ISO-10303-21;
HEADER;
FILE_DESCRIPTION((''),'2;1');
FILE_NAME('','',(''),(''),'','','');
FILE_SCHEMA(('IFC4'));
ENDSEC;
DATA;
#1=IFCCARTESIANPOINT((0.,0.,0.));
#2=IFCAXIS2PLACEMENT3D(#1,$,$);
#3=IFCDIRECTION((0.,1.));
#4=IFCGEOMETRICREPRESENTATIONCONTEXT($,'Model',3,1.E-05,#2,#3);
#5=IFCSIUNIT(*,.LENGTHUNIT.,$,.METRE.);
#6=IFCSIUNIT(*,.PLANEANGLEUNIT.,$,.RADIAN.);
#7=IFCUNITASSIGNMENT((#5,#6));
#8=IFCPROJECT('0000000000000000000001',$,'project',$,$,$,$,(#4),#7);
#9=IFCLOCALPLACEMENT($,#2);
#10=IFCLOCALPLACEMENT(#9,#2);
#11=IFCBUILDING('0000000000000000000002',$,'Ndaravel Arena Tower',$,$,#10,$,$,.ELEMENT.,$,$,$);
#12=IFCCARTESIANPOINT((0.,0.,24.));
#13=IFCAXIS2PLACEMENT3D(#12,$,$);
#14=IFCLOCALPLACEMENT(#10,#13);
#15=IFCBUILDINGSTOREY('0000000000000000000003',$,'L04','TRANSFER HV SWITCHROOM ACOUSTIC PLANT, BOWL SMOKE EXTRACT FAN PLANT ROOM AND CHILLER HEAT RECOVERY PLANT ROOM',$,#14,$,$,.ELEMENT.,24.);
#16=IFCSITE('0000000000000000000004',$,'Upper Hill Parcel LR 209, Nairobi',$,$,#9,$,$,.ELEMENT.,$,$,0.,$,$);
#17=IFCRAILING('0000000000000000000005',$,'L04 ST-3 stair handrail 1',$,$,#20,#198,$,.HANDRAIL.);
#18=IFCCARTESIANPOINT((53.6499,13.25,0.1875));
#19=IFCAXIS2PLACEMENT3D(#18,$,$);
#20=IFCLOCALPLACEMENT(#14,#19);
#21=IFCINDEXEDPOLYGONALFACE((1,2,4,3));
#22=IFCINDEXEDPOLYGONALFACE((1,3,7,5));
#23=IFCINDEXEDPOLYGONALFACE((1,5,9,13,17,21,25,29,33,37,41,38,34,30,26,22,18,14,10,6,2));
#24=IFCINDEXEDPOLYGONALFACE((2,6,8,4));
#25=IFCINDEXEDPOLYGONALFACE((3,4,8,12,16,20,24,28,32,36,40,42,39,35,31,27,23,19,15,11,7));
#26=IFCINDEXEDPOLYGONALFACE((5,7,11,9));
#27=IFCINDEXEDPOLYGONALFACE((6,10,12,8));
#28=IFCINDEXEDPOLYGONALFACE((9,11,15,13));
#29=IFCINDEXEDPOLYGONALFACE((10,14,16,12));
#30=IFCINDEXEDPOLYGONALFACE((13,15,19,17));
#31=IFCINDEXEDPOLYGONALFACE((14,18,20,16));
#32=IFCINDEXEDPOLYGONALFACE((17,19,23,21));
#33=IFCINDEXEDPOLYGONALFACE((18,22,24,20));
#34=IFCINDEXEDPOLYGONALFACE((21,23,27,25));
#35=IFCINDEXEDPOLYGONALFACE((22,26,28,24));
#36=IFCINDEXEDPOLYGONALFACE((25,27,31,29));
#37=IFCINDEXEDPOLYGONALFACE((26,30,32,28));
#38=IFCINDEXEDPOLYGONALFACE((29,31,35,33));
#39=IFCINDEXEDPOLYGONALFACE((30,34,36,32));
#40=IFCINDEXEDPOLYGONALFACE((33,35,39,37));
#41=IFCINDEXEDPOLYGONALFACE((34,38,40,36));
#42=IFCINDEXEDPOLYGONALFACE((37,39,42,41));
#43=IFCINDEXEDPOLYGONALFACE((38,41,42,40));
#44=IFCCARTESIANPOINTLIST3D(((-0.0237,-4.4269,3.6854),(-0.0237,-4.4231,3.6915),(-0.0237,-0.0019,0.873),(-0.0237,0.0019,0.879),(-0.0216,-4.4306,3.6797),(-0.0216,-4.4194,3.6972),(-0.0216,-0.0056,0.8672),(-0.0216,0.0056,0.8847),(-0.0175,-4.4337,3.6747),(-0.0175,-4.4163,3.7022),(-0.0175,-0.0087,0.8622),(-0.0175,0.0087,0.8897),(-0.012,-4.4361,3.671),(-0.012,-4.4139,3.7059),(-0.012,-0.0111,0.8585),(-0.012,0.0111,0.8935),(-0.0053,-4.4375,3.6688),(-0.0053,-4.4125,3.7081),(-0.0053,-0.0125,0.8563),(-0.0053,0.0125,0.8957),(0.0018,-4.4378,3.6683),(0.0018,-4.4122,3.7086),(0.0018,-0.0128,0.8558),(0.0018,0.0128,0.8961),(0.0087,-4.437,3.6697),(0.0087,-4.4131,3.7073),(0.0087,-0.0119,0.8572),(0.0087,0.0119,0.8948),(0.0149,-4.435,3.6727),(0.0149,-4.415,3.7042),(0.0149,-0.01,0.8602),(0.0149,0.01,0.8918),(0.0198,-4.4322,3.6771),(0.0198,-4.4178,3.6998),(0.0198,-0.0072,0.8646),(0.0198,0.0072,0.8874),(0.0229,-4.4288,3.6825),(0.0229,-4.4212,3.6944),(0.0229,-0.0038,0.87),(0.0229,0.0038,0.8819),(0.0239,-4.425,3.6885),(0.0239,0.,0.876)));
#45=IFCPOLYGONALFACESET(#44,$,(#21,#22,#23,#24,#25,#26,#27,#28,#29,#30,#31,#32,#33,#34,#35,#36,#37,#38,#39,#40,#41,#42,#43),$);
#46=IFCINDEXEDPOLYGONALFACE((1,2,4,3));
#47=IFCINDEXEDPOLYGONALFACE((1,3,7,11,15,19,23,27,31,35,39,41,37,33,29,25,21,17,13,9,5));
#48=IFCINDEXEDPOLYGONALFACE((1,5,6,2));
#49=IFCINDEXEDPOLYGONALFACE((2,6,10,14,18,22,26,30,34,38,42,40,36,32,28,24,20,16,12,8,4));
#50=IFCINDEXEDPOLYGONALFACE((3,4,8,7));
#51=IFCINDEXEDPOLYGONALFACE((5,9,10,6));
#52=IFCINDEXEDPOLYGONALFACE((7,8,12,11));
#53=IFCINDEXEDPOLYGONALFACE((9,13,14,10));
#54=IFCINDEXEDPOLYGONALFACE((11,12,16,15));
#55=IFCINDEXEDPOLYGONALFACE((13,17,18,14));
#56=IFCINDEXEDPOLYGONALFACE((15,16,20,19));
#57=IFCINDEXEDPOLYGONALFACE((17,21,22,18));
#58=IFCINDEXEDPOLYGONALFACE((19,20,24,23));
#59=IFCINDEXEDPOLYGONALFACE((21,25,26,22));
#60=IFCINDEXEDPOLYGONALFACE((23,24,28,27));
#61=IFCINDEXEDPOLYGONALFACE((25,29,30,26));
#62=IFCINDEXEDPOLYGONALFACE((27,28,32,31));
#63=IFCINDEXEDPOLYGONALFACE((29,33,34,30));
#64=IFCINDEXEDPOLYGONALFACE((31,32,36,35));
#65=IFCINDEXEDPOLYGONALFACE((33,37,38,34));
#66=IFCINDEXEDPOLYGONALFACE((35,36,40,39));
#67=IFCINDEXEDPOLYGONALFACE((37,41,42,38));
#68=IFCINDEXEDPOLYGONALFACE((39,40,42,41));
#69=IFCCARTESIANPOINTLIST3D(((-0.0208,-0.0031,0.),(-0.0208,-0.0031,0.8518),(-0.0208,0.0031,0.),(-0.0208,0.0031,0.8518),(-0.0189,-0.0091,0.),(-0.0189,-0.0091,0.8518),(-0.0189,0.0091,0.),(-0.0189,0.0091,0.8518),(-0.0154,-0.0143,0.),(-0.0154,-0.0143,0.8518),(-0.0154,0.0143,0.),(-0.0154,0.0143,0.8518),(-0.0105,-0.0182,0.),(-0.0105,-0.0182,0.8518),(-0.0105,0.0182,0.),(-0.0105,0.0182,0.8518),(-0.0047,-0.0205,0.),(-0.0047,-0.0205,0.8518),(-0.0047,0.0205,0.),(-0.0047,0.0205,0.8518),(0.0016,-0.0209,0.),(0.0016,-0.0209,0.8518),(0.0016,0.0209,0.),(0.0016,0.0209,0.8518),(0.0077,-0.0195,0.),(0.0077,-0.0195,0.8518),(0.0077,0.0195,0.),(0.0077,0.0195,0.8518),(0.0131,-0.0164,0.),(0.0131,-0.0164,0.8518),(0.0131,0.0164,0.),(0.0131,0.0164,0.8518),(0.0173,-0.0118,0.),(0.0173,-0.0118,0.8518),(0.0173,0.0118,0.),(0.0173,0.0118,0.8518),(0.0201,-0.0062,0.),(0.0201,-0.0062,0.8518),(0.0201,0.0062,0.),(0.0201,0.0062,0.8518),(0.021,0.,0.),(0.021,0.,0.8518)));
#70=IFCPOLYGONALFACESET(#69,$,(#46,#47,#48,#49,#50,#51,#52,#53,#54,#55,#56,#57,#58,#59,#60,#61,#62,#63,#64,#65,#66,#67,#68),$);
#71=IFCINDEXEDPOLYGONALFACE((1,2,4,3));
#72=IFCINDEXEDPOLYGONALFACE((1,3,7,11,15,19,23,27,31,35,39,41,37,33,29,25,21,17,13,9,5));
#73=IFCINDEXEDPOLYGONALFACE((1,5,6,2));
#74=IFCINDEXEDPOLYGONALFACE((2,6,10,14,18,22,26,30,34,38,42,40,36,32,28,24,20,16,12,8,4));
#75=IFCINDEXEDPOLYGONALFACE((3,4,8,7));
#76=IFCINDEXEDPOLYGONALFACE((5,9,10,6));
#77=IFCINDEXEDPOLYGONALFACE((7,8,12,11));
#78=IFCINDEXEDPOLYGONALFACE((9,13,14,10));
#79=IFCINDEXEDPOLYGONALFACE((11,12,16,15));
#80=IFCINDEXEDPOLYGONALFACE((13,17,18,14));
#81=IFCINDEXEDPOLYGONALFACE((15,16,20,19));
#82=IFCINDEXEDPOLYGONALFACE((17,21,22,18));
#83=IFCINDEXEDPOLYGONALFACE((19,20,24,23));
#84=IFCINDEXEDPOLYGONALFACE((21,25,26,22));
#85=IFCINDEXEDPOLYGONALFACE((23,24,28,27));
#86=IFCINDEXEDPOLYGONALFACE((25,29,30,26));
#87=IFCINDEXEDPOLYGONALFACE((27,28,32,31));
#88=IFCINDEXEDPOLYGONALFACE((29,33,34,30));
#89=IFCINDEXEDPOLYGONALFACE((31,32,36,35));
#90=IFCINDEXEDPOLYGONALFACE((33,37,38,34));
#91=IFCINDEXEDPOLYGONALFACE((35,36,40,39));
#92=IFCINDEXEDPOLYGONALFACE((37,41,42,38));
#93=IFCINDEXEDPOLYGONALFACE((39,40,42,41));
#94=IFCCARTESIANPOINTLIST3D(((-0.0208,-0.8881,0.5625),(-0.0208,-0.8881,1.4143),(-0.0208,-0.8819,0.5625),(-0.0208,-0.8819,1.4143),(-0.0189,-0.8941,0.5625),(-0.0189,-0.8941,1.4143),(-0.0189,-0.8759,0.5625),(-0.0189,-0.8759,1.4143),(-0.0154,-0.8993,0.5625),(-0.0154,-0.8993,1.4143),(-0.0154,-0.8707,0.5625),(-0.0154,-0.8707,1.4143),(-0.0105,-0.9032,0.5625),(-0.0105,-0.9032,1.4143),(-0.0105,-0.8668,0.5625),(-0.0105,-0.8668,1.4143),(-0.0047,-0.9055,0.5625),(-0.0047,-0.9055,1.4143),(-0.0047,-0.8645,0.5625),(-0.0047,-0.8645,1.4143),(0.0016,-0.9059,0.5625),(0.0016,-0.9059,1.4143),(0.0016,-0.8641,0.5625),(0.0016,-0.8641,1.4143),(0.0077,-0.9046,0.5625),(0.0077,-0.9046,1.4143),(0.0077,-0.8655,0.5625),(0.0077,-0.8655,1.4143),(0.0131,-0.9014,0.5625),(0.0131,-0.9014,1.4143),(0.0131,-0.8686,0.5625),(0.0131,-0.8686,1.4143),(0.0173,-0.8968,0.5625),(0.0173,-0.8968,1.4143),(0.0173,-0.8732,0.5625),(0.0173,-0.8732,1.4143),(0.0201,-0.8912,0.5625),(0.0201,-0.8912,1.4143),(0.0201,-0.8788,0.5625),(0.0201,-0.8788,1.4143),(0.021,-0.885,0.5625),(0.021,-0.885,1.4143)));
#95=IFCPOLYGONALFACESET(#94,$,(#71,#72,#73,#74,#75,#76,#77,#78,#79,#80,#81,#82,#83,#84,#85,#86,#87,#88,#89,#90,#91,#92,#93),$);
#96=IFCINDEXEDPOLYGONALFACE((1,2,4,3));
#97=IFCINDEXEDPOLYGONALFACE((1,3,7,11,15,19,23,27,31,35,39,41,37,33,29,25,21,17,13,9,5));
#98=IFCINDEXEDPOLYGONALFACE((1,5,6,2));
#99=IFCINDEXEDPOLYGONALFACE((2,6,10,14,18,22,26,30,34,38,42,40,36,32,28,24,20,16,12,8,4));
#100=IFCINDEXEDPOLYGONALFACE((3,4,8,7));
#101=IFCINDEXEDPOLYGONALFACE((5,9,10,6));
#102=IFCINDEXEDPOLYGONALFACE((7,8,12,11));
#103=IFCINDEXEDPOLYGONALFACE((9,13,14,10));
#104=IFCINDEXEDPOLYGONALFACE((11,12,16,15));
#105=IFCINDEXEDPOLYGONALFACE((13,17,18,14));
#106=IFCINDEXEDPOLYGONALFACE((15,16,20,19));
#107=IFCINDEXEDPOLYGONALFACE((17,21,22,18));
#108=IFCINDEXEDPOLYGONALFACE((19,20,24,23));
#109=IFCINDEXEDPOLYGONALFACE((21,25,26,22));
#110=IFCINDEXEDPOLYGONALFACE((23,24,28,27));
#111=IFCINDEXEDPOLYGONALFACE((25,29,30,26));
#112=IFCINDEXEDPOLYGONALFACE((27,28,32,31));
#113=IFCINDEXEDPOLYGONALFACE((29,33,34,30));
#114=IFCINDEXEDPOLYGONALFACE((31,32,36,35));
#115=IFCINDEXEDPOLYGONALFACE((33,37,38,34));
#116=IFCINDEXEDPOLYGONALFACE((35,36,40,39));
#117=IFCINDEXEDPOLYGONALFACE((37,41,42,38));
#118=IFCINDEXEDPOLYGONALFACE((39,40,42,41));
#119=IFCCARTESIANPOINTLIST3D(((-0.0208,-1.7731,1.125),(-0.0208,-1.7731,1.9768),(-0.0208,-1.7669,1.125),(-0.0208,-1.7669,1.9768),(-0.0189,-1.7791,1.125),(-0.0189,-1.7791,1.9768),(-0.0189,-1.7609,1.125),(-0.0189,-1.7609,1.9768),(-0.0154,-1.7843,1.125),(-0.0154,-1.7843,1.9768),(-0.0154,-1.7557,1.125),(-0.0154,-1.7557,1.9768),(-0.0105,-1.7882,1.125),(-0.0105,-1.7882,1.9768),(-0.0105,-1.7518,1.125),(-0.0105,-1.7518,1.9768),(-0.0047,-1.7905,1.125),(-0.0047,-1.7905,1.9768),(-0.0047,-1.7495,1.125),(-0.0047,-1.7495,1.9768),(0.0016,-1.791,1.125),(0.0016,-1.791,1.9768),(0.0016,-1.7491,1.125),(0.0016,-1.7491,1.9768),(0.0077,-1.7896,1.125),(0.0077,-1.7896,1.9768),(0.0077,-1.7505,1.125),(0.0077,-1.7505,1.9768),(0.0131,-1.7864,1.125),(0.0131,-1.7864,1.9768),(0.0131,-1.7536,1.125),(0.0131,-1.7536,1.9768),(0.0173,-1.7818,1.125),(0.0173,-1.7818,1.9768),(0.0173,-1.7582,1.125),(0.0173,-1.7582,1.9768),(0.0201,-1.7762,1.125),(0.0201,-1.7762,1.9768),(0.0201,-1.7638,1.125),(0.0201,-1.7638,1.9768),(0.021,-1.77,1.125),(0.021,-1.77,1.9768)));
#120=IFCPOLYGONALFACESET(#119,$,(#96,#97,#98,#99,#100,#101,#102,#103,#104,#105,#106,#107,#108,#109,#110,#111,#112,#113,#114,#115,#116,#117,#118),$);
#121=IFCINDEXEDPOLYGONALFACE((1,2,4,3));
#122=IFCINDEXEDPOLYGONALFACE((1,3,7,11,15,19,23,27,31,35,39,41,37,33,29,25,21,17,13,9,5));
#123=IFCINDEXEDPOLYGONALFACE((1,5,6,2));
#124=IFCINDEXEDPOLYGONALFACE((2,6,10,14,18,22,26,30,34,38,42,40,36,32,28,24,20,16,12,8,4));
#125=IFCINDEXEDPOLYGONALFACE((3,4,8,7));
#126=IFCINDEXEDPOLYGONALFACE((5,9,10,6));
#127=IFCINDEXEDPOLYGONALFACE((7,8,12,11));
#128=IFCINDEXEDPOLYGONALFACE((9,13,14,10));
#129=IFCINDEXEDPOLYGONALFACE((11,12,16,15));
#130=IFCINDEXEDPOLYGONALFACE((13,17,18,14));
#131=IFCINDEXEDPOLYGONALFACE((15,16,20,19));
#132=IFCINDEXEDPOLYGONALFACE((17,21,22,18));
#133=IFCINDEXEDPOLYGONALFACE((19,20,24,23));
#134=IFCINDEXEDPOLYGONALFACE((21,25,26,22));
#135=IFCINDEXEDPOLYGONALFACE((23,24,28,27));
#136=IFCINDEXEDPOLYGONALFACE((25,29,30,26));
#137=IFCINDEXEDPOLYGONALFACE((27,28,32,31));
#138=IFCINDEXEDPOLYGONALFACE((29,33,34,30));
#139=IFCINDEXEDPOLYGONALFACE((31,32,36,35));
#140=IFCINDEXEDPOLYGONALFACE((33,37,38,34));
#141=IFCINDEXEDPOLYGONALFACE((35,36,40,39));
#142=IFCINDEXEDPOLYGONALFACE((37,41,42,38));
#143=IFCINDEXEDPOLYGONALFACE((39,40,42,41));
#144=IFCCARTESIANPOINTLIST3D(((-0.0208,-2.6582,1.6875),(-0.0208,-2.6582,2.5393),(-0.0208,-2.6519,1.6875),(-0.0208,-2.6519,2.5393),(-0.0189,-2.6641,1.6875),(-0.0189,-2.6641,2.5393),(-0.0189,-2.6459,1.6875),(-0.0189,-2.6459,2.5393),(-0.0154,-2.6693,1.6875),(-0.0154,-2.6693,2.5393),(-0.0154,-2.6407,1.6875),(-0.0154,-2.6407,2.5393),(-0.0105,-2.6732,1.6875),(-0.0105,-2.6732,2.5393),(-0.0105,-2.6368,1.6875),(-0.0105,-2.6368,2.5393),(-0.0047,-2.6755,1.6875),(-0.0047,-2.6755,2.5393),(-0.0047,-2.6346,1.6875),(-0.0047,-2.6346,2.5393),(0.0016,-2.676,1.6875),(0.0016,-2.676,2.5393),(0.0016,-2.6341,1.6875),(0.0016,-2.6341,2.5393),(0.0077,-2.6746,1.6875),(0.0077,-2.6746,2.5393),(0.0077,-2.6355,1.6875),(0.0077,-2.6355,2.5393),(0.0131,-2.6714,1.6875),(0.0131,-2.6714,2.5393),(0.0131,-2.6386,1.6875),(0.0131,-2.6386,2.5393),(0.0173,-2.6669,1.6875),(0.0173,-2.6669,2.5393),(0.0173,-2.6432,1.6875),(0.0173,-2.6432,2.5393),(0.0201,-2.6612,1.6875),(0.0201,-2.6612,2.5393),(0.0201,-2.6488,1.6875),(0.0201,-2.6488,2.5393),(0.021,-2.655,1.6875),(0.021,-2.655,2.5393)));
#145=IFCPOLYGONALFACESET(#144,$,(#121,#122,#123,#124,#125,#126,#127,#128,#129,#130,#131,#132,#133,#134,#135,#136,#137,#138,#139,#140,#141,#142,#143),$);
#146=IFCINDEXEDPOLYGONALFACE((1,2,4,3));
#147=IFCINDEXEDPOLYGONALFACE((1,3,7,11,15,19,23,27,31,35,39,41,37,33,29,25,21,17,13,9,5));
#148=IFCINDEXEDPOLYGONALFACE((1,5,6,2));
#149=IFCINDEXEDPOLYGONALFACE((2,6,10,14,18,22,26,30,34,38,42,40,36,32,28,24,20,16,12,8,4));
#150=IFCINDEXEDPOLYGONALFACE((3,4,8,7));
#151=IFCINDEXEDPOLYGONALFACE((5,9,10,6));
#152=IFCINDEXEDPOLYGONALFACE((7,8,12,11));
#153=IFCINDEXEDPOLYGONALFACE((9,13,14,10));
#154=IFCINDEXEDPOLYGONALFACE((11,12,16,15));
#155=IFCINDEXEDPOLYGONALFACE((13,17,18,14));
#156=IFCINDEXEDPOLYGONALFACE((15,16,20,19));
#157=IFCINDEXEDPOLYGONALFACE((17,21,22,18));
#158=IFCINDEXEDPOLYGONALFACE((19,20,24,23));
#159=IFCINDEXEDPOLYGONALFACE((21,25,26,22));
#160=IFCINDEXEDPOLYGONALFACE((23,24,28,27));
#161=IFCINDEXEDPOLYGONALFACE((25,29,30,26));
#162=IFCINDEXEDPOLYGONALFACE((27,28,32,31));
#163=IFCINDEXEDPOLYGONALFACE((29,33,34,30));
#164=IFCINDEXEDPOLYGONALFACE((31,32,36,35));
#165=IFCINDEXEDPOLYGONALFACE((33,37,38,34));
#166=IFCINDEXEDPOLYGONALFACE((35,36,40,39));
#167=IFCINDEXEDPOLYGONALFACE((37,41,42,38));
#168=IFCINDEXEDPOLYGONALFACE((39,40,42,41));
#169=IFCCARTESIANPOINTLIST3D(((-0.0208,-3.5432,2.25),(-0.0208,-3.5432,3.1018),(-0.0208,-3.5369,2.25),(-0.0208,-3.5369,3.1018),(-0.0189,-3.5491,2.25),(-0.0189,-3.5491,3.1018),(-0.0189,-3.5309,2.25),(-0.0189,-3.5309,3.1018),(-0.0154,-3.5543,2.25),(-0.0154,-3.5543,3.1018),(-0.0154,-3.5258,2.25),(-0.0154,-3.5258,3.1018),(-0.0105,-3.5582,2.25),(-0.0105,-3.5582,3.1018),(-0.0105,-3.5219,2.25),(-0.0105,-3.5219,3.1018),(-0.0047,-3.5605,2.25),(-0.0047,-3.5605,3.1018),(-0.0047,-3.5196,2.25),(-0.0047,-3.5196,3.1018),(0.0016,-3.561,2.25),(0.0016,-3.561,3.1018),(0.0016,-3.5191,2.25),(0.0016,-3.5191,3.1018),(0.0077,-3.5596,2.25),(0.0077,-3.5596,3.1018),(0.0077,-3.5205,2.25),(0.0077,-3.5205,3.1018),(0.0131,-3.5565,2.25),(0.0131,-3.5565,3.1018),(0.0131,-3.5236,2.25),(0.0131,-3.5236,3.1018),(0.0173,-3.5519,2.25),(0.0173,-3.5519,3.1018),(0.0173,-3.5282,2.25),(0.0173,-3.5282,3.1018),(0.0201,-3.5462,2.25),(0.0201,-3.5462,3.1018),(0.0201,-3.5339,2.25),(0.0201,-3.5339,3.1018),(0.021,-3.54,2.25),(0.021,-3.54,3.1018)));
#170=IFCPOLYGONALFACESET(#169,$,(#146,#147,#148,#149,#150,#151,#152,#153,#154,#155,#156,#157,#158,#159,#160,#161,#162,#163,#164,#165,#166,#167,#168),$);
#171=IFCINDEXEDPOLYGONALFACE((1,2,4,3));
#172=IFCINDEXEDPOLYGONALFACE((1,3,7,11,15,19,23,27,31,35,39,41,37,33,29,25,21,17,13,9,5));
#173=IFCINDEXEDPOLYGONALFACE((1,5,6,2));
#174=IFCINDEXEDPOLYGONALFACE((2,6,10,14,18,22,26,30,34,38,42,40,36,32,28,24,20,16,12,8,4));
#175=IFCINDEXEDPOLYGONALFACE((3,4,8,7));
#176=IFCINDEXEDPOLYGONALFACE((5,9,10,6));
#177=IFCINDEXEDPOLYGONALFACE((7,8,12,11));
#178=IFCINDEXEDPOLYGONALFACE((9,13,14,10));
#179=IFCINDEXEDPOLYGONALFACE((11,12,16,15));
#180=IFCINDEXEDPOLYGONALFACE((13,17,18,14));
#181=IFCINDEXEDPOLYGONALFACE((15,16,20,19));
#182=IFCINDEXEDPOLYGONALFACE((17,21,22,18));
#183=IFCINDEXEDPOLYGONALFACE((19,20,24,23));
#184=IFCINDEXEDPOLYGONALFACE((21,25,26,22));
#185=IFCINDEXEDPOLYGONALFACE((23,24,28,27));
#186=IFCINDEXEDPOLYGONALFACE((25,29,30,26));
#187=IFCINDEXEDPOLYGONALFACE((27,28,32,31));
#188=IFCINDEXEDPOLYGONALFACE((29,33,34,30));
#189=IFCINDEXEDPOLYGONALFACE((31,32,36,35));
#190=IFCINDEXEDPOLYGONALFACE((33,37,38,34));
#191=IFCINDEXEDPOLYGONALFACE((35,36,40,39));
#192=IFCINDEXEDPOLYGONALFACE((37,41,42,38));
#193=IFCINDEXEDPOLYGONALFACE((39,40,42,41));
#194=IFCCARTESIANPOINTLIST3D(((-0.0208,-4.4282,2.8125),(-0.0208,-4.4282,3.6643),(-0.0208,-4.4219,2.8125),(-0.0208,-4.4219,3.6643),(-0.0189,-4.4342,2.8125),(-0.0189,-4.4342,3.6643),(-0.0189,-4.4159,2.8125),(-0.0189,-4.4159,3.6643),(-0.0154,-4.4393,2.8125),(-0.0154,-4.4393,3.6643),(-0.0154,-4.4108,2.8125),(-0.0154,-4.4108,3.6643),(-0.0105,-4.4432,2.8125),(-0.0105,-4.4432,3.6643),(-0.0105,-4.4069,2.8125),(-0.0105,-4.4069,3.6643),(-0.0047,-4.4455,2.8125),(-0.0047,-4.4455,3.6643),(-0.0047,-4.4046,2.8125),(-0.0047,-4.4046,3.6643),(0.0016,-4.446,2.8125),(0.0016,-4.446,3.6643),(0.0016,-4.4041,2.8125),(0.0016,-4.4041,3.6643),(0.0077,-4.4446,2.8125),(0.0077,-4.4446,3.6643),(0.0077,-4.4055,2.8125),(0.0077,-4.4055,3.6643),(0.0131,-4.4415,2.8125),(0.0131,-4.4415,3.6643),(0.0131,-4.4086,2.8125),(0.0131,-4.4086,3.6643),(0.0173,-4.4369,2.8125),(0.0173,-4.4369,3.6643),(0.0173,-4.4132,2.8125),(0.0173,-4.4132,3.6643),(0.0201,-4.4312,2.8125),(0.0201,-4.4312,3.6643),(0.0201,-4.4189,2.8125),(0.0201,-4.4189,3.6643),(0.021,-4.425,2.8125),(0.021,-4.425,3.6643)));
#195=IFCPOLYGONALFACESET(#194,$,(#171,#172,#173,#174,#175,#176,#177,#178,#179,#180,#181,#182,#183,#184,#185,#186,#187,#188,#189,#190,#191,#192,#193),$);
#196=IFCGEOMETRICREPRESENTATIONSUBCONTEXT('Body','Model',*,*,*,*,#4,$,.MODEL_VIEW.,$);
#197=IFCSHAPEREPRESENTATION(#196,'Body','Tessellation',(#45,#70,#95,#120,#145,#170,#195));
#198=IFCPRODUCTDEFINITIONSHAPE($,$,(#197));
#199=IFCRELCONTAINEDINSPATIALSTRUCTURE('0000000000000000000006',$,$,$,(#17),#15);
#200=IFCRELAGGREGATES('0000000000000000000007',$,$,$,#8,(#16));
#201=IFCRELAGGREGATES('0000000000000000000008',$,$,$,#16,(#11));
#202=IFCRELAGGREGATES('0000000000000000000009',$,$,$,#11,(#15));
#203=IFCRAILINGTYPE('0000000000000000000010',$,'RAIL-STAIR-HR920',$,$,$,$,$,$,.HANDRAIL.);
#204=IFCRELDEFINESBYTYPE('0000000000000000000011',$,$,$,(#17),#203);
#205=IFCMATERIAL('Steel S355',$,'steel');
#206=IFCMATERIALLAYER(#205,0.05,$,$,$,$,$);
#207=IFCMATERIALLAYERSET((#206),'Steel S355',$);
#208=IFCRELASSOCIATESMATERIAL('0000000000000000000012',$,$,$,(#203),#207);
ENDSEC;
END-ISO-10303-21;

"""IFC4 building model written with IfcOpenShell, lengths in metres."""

from ifc_helpers import new_model, si_unit, direction, frame, origin, origin_2d, place, context, subcontext, project, spatial, circle, extrude, material, layer, layer_set, type_object, element, save


model = new_model("IFC4")

# Units and contexts
model_context = context("Model", 3, precision=1e-05, world=origin(), true_north=direction((0.0, 1.0)))
body_context = subcontext(model_context, "Body", "Model", "MODEL_VIEW")
ifc_project = project(units=[si_unit("LENGTHUNIT", "METRE"), si_unit("PLANEANGLEUNIT", "RADIAN")], contexts=[model_context])

# Site, building, storey
site_placement = place(None, origin())
site = spatial("IfcSite", under=ifc_project, at=site_placement, Name="Upper Hill Parcel LR 209, Nairobi", CompositionType="ELEMENT", RefElevation=0.0)
building_placement = place(site_placement, origin())
building = spatial("IfcBuilding", under=site, at=building_placement, Name="Ndaravel Arena Tower", CompositionType="ELEMENT")
storey_placement = place(building_placement, frame((0.0, 0.0, 24.0)))
storey = spatial("IfcBuildingStorey", under=building, at=storey_placement, Name="L04", Description="TRANSFER HV SWITCHROOM ACOUSTIC PLANT, BOWL SMOKE EXTRACT FAN PLANT ROOM AND CHILLER HEAT RECOVERY PLANT ROOM", CompositionType="ELEMENT", Elevation=24.0)

# Railing
ifc_material_1 = material(Name="Steel S355", Category="steel")
ifc_layer_1 = layer(ifc_material_1, 0.05)
ifc_layer_set_1 = layer_set([ifc_layer_1], Name="Steel S355")
railing_type_1 = type_object("IfcRailingType", Name="RAIL-STAIR-HR920", PredefinedType="HANDRAIL", material=ifc_layer_set_1)
railing_1_placement = place(storey_placement, frame((53.6499, 13.25, 0.1875)))
element("IfcRailing", 1, at=railing_1_placement, inside=storey, type_object=railing_type_1, Name="L04 ST-3 stair handrail 1", PredefinedType="HANDRAIL", context=body_context, shape_type="SweptSolid", body=[
    extrude(circle(Radius=0.0239, at=origin_2d()), frame((0.0, 0.0, 0.876), z_axis=(0.0, -0.843959, 0.536408), x_axis=(1.0, 0.0, 0.0)), (0.0, 0.0, 1.0), 5.2432),
    extrude(circle(Radius=0.021, at=origin_2d()), origin(), (0.0, 0.0, 1.0), 0.8518),
    extrude(circle(Radius=0.021, at=origin_2d()), frame((0.0, -0.885, 0.5625)), (0.0, 0.0, 1.0), 0.8518),
    extrude(circle(Radius=0.021, at=origin_2d()), frame((0.0, -1.77, 1.125)), (0.0, 0.0, 1.0), 0.8518),
    extrude(circle(Radius=0.021, at=origin_2d()), frame((0.0, -2.655, 1.6875)), (0.0, 0.0, 1.0), 0.8518),
    extrude(circle(Radius=0.021, at=origin_2d()), frame((0.0, -3.54, 2.25)), (0.0, 0.0, 1.0), 0.8518),
    extrude(circle(Radius=0.021, at=origin_2d()), frame((0.0, -4.425, 2.8125)), (0.0, 0.0, 1.0), 0.8518),
])

save(model, "model.ifc")
